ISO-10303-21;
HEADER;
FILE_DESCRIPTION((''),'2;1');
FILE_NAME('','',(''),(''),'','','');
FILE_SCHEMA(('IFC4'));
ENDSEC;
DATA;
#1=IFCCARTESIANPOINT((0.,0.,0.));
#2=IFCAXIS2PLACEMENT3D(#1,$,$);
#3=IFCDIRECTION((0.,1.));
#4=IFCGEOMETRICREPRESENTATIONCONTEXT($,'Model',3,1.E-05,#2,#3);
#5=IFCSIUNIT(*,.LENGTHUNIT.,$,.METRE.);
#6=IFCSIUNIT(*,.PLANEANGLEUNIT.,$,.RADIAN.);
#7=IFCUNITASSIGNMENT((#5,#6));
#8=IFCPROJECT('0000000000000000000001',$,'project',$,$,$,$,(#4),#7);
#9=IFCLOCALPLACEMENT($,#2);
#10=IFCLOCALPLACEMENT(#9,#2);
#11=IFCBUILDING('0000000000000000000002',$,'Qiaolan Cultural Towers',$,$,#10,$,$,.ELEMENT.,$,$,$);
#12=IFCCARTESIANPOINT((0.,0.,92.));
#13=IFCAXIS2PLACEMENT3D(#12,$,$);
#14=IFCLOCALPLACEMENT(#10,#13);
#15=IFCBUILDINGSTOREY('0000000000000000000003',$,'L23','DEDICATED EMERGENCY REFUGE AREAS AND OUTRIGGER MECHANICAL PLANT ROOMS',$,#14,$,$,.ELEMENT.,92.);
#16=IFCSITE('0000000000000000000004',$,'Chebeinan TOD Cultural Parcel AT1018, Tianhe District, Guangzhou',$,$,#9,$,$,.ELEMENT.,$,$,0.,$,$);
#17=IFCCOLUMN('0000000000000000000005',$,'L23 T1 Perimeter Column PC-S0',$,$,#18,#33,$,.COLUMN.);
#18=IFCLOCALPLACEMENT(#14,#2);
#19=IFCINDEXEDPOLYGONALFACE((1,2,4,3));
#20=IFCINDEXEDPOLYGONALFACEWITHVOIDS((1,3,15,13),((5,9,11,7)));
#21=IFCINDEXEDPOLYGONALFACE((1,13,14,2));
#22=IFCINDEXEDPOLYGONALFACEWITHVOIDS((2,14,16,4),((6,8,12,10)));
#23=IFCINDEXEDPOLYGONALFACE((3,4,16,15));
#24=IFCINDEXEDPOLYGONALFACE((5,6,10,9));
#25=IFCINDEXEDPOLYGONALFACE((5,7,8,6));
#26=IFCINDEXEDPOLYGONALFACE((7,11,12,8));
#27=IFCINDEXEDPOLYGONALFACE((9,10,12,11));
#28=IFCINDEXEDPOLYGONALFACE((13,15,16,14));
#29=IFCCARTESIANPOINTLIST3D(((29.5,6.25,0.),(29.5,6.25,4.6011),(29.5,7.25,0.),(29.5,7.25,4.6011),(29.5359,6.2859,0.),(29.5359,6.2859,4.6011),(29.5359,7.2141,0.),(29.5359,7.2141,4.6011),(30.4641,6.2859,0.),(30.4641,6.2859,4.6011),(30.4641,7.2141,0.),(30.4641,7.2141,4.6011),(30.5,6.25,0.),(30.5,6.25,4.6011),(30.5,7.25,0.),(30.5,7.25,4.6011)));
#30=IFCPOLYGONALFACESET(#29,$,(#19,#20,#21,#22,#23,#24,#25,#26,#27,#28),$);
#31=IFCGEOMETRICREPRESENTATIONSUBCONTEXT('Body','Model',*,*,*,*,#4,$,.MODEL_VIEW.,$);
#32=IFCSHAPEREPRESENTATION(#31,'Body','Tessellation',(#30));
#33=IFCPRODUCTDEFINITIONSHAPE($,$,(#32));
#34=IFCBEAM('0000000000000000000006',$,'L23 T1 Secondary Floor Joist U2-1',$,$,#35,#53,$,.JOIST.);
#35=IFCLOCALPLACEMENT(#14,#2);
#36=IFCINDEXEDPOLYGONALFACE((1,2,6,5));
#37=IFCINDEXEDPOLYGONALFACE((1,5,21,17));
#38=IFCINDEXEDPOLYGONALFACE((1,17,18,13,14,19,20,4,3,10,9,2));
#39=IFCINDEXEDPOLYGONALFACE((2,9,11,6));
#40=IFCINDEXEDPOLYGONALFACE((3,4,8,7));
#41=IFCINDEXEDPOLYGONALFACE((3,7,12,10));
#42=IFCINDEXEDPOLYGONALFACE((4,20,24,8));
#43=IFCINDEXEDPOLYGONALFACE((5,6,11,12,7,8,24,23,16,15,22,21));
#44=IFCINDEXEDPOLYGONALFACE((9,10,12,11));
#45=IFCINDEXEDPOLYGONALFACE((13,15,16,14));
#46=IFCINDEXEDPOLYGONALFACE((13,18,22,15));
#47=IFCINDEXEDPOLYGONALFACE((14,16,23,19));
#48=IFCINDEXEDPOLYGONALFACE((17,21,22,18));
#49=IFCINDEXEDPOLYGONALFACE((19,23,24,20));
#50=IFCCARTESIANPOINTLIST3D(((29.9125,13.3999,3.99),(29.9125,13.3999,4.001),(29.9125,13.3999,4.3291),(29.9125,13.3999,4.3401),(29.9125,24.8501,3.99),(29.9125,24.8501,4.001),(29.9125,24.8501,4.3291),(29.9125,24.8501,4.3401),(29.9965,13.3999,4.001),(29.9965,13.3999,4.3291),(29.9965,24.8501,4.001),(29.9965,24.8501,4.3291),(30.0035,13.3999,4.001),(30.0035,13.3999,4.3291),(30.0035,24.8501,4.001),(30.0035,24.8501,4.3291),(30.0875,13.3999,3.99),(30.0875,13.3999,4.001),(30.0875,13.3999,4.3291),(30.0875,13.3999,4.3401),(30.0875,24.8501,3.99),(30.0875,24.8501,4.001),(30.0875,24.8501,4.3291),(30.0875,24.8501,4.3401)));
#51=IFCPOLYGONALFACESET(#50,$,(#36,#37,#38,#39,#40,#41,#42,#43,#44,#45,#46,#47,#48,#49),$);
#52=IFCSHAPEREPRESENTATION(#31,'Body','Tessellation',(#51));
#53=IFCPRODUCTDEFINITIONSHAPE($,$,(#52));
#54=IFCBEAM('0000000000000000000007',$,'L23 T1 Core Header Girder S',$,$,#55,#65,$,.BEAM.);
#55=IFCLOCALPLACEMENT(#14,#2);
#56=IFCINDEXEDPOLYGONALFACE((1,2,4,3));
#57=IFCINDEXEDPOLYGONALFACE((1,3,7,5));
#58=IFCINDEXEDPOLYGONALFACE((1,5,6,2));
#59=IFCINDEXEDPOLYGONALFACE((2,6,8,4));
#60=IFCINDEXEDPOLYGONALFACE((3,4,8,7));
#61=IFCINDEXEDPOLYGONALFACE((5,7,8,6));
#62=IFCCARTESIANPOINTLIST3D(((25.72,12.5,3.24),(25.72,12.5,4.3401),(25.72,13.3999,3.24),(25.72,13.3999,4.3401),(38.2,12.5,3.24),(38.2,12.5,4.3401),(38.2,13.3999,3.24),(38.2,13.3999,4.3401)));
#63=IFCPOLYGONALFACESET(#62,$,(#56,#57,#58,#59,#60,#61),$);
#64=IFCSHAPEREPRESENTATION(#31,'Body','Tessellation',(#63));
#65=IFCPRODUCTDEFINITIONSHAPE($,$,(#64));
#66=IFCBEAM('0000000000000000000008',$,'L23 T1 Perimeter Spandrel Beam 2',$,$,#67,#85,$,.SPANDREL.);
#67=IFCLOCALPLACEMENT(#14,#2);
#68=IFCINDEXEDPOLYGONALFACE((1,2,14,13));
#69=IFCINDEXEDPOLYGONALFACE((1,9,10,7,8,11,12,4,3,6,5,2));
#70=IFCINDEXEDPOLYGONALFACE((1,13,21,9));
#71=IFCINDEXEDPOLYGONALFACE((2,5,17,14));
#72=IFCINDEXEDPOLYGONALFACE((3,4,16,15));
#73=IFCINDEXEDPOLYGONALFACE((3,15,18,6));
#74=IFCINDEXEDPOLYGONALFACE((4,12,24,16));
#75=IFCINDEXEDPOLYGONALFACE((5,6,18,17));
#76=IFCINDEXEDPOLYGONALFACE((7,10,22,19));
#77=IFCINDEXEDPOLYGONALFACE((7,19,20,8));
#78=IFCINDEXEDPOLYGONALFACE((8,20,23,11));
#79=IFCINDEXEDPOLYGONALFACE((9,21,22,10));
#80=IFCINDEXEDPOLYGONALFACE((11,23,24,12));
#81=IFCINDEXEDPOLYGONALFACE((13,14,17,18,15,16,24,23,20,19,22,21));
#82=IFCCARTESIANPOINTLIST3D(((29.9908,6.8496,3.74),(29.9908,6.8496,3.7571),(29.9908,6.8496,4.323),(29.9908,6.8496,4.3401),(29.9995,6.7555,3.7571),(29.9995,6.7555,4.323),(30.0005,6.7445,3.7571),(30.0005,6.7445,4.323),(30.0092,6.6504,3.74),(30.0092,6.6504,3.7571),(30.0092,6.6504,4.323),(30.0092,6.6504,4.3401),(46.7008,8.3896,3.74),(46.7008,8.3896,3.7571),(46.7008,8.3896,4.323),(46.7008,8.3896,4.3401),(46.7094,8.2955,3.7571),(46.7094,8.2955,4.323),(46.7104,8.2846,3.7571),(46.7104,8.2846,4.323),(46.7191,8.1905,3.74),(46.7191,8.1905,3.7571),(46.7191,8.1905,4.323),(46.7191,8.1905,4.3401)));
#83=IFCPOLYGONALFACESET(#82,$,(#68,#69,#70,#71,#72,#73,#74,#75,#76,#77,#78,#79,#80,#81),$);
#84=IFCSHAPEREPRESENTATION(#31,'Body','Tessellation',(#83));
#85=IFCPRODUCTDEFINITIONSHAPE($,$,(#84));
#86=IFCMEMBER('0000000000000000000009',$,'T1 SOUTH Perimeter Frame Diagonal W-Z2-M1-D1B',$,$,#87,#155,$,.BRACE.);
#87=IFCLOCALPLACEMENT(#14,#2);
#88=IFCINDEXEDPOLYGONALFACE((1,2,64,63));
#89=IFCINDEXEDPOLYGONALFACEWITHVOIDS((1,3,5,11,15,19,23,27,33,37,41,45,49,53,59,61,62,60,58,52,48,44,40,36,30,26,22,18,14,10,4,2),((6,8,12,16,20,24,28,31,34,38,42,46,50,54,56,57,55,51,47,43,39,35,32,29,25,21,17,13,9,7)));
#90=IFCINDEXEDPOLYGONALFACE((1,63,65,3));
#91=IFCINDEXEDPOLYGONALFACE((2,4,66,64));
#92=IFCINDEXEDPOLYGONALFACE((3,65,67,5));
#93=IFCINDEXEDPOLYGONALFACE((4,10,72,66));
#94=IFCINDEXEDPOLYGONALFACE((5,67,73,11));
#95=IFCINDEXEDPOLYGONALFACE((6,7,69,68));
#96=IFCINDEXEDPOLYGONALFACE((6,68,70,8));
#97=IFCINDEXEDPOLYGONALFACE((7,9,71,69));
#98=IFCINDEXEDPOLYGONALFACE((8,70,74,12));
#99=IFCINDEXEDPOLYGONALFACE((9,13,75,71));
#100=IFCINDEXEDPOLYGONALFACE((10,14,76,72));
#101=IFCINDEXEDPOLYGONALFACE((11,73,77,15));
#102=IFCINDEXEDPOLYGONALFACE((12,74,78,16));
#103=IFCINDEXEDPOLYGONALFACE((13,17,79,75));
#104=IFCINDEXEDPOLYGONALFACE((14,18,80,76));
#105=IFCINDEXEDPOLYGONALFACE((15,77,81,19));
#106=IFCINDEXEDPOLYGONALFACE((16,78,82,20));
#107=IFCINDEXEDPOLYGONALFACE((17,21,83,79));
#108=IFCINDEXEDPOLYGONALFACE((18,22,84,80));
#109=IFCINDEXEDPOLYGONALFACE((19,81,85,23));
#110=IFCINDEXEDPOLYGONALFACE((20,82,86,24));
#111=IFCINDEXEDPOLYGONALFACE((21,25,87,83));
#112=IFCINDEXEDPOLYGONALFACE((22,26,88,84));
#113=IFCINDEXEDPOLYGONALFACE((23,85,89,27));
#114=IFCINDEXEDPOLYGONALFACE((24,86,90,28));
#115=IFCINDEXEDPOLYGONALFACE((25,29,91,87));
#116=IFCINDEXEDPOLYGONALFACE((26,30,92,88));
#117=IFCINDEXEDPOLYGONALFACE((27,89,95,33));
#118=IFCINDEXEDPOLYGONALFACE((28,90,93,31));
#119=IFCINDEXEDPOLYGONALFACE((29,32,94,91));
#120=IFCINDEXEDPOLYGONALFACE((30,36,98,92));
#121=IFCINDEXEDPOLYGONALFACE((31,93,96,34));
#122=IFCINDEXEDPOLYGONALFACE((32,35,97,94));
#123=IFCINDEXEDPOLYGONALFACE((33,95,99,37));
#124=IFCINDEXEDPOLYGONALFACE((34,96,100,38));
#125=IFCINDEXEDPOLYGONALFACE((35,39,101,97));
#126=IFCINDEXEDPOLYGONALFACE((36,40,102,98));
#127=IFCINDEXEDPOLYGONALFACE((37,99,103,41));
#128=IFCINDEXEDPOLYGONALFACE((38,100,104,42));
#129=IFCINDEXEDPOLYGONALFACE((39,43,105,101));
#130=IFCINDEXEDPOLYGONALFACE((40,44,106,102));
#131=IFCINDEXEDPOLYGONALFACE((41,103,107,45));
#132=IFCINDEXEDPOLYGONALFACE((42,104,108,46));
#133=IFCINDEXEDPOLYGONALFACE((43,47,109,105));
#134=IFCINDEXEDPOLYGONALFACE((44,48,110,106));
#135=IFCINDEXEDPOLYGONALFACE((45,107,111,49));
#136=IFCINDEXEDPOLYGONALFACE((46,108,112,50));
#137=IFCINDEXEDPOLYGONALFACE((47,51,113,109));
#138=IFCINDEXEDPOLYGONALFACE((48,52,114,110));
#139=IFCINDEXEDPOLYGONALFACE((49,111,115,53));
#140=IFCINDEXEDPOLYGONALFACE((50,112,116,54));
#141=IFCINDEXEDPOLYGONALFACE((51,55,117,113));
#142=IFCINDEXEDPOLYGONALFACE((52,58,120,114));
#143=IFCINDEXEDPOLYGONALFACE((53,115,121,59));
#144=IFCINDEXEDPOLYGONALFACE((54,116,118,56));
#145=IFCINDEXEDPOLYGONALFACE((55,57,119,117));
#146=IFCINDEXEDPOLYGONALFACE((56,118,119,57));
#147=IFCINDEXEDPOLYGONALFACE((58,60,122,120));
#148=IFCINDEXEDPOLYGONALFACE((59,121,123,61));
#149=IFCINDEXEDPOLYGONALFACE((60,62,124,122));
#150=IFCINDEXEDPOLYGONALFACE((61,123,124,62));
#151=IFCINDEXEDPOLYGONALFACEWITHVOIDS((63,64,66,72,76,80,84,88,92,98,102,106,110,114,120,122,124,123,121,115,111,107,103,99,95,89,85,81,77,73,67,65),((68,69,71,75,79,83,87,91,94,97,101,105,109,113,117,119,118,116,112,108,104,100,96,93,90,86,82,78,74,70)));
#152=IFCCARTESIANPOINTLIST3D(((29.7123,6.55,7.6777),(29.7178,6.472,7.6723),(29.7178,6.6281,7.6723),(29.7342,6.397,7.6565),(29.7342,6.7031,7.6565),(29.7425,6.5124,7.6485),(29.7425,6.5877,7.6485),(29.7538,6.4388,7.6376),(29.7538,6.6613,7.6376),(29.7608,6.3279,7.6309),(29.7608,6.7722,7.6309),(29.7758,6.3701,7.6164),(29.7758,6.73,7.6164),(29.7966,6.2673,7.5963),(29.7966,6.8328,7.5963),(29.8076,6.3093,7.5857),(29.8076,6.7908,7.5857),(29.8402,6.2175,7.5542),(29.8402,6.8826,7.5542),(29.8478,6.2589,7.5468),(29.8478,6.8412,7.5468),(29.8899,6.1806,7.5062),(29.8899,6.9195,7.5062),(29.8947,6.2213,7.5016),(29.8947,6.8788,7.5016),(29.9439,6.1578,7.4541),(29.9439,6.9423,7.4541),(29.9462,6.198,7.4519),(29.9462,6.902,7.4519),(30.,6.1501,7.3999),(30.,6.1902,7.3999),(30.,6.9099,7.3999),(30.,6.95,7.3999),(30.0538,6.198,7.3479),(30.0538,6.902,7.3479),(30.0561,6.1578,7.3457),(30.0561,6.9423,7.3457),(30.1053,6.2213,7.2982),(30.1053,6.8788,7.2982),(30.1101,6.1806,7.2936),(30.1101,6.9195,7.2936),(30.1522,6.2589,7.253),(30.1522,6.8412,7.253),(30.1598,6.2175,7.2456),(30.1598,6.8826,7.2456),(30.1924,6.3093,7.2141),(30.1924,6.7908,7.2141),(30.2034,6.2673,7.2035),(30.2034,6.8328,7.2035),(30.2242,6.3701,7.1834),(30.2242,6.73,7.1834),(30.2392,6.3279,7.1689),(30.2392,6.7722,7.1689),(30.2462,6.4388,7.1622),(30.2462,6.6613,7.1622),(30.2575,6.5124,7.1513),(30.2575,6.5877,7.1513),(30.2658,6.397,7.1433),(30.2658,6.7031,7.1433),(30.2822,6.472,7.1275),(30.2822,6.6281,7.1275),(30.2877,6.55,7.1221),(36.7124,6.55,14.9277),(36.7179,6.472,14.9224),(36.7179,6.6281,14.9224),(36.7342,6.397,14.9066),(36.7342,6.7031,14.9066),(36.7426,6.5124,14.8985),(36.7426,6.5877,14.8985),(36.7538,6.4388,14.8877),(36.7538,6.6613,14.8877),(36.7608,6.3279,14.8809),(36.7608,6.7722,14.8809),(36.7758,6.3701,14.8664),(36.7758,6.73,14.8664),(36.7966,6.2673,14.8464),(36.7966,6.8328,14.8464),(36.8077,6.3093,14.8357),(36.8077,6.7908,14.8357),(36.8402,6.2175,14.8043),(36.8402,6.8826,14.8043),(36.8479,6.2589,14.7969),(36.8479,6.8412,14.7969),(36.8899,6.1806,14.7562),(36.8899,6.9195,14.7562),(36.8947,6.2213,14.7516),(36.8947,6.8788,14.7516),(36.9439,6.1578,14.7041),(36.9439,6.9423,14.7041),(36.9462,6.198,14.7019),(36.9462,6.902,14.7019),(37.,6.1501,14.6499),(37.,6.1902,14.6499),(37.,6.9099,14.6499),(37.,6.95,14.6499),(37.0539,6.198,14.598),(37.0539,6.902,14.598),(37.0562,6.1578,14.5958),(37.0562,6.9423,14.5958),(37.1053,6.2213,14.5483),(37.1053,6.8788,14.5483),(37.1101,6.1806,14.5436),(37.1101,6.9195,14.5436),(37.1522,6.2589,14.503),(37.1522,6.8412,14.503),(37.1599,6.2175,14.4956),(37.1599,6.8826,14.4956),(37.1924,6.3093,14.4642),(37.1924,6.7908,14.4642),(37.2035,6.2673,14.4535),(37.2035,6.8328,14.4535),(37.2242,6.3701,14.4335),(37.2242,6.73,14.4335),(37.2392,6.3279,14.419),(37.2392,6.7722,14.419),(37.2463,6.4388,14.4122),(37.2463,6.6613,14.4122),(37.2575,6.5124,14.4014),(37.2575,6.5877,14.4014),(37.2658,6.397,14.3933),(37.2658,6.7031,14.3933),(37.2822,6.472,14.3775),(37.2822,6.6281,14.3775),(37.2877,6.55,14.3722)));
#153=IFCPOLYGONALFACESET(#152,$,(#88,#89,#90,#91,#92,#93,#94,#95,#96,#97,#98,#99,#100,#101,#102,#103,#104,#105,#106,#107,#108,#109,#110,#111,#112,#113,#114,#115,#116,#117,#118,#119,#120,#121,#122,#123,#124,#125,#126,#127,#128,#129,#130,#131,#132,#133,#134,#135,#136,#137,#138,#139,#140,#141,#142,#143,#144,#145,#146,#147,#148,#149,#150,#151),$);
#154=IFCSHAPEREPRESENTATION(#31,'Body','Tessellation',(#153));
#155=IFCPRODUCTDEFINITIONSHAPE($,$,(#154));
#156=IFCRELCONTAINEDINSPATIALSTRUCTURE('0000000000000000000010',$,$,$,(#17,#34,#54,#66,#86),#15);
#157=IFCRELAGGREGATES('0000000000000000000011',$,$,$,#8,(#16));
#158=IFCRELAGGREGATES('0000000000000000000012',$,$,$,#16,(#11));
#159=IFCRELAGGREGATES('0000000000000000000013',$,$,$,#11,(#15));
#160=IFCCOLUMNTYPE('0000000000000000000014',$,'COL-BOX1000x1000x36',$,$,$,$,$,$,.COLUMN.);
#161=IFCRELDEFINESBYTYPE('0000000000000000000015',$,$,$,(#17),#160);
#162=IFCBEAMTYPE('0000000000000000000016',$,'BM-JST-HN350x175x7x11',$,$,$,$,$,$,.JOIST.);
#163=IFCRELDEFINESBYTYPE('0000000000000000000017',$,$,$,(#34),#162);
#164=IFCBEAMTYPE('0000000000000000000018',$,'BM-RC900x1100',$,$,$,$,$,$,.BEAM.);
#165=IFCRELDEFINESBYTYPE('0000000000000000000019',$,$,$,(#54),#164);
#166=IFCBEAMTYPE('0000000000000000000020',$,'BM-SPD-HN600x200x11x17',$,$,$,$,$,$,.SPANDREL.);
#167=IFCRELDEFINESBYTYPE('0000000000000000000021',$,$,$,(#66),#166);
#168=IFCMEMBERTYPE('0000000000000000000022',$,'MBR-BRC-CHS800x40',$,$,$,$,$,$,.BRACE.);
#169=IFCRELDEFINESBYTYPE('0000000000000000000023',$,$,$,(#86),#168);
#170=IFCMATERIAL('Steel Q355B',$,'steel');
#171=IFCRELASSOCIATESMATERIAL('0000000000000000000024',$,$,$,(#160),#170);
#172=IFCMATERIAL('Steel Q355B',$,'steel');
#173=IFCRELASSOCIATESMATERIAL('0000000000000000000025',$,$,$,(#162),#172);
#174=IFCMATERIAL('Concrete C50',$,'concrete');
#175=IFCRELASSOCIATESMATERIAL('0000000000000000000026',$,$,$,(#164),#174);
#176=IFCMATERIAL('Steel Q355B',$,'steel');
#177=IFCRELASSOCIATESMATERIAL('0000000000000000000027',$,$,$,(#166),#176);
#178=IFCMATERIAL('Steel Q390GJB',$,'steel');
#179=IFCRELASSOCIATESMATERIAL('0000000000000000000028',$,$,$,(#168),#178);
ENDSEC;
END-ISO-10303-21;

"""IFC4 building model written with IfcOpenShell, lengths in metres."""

from ifc_helpers import new_model, si_unit, direction, frame, origin, origin_2d, place, context, subcontext, project, spatial, rectangle, hollow_rectangle, hollow_circle, i_section, extrude, material, material_profile, profile_set, type_object, element, save


model = new_model("IFC4")

# Units and contexts
model_context = context("Model", 3, precision=1e-05, world=origin(), true_north=direction((0.0, 1.0)))
body_context = subcontext(model_context, "Body", "Model", "MODEL_VIEW")
ifc_project = project(units=[si_unit("LENGTHUNIT", "METRE"), si_unit("PLANEANGLEUNIT", "RADIAN")], contexts=[model_context])

# Site, building, storey
site_placement = place(None, origin())
site = spatial("IfcSite", under=ifc_project, at=site_placement, Name="Chebeinan TOD Cultural Parcel AT1018, Tianhe District, Guangzhou", CompositionType="ELEMENT", RefElevation=0.0)
building_placement = place(site_placement, origin())
building = spatial("IfcBuilding", under=site, at=building_placement, Name="Qiaolan Cultural Towers", CompositionType="ELEMENT")
storey_placement = place(building_placement, frame((0.0, 0.0, 92.0)))
storey = spatial("IfcBuildingStorey", under=building, at=storey_placement, Name="L23", Description="DEDICATED EMERGENCY REFUGE AREAS AND OUTRIGGER MECHANICAL PLANT ROOMS", CompositionType="ELEMENT", Elevation=92.0)

# Column
ifc_material_1 = material(Name="Steel Q355B", Category="steel")
ifc_material_profile_1 = material_profile(ifc_material_1, hollow_rectangle(XDim=1.0, YDim=1.0, WallThickness=0.0359, at=origin_2d()), Name="BOX1000x1000x36")
ifc_profile_set_1 = profile_set([ifc_material_profile_1], Name="Steel Q355B")
column_type = type_object("IfcColumnType", Name="COL-BOX1000x1000x36", PredefinedType="COLUMN", material=ifc_profile_set_1)
column_placement = place(storey_placement, frame((30.0, 6.75, 0.0), z_axis=(0.0, 0.0, 1.0), x_axis=(1.0, 0.0, 0.0)))
element("IfcColumn", 1, at=column_placement, inside=storey, type_object=column_type, Name="L23 T1 Perimeter Column PC-S0", PredefinedType="COLUMN", context=body_context, shape_type="SweptSolid", body=[
    extrude(hollow_rectangle(XDim=1.0, YDim=1.0, WallThickness=0.0359, at=origin_2d()), origin(), (0.0, 0.0, 1.0), 4.6011),
])

# Beams
ifc_material_2 = material(Name="Steel Q355B", Category="steel")
ifc_material_profile_2 = material_profile(ifc_material_2, i_section(OverallWidth=0.175, OverallDepth=0.3501, WebThickness=0.0071, FlangeThickness=0.011, at=origin_2d()), Name="HN350x175x7x11")
ifc_profile_set_2 = profile_set([ifc_material_profile_2], Name="Steel Q355B")
beam_type_1 = type_object("IfcBeamType", Name="BM-JST-HN350x175x7x11", PredefinedType="JOIST", material=ifc_profile_set_2)
beam_1_placement = place(storey_placement, frame((30.0, 13.3999, 4.165), z_axis=(0.0, 1.0, 0.0), x_axis=(-1.0, 0.0, 0.0)))
element("IfcBeam", 2, at=beam_1_placement, inside=storey, type_object=beam_type_1, Name="L23 T1 Secondary Floor Joist U2-1", PredefinedType="JOIST", context=body_context, shape_type="SweptSolid", body=[
    extrude(i_section(OverallWidth=0.175, OverallDepth=0.3501, WebThickness=0.0071, FlangeThickness=0.011, at=origin_2d()), origin(), (0.0, 0.0, 1.0), 11.4502),
])
ifc_material_3 = material(Name="Concrete C50", Category="concrete")
ifc_material_profile_3 = material_profile(ifc_material_3, rectangle(XDim=0.8999, YDim=1.1001, at=origin_2d()), Name="RC900x1100")
ifc_profile_set_3 = profile_set([ifc_material_profile_3], Name="Concrete C50")
beam_type_2 = type_object("IfcBeamType", Name="BM-RC900x1100", PredefinedType="BEAM", material=ifc_profile_set_3)
beam_2_placement = place(storey_placement, frame((25.72, 12.95, 3.79), z_axis=(1.0, 0.0, 0.0), x_axis=(0.0, 1.0, 0.0)))
element("IfcBeam", 3, at=beam_2_placement, inside=storey, type_object=beam_type_2, Name="L23 T1 Core Header Girder S", PredefinedType="BEAM", context=body_context, shape_type="SweptSolid", body=[
    extrude(rectangle(XDim=0.8999, YDim=1.1001, at=origin_2d()), origin(), (0.0, 0.0, 1.0), 12.48),
])
ifc_material_4 = material(Name="Steel Q355B", Category="steel")
ifc_material_profile_4 = material_profile(ifc_material_4, i_section(OverallWidth=0.2, OverallDepth=0.6001, WebThickness=0.011, FlangeThickness=0.0171, at=origin_2d()), Name="HN600x200x11x17")
ifc_profile_set_4 = profile_set([ifc_material_profile_4], Name="Steel Q355B")
beam_type_3 = type_object("IfcBeamType", Name="BM-SPD-HN600x200x11x17", PredefinedType="SPANDREL", material=ifc_profile_set_4)
beam_3_placement = place(storey_placement, frame((30.0, 6.75, 4.04), z_axis=(0.99578, 0.091774, 0.0), x_axis=(-0.091774, 0.99578, 0.0)))
element("IfcBeam", 4, at=beam_3_placement, inside=storey, type_object=beam_type_3, Name="L23 T1 Perimeter Spandrel Beam 2", PredefinedType="SPANDREL", context=body_context, shape_type="SweptSolid", body=[
    extrude(i_section(OverallWidth=0.2, OverallDepth=0.6001, WebThickness=0.011, FlangeThickness=0.0171, at=origin_2d()), origin(), (0.0, 0.0, 1.0), 16.7808),
])

# Member
ifc_material_5 = material(Name="Steel Q390GJB", Category="steel")
ifc_material_profile_5 = material_profile(ifc_material_5, hollow_circle(Radius=0.3999, WallThickness=0.04, at=origin_2d()), Name="CHS800x40")
ifc_profile_set_5 = profile_set([ifc_material_profile_5], Name="Steel Q390GJB")
member_type = type_object("IfcMemberType", Name="MBR-BRC-CHS800x40", PredefinedType="BRACE", material=ifc_profile_set_5)
for number, where, z_axis, x_axis, name in (
    (5, (30.0, 6.55, 7.3999), (0.694595, 0.0, 0.719401), (0.0, 1.0, 0.0), "T1 SOUTH Perimeter Frame Diagonal W-Z2-M1-D1B"),
):
    element("IfcMember", number, at=place(storey_placement, frame(where, z_axis=z_axis, x_axis=x_axis)), inside=storey, type_object=member_type, Name=name, PredefinedType="BRACE", context=body_context, shape_type="SweptSolid", body=[
        extrude(hollow_circle(Radius=0.3999, WallThickness=0.04, at=origin_2d()), origin(), (0.0, 0.0, 1.0), 10.0779),
    ])

save(model, "model.ifc")
